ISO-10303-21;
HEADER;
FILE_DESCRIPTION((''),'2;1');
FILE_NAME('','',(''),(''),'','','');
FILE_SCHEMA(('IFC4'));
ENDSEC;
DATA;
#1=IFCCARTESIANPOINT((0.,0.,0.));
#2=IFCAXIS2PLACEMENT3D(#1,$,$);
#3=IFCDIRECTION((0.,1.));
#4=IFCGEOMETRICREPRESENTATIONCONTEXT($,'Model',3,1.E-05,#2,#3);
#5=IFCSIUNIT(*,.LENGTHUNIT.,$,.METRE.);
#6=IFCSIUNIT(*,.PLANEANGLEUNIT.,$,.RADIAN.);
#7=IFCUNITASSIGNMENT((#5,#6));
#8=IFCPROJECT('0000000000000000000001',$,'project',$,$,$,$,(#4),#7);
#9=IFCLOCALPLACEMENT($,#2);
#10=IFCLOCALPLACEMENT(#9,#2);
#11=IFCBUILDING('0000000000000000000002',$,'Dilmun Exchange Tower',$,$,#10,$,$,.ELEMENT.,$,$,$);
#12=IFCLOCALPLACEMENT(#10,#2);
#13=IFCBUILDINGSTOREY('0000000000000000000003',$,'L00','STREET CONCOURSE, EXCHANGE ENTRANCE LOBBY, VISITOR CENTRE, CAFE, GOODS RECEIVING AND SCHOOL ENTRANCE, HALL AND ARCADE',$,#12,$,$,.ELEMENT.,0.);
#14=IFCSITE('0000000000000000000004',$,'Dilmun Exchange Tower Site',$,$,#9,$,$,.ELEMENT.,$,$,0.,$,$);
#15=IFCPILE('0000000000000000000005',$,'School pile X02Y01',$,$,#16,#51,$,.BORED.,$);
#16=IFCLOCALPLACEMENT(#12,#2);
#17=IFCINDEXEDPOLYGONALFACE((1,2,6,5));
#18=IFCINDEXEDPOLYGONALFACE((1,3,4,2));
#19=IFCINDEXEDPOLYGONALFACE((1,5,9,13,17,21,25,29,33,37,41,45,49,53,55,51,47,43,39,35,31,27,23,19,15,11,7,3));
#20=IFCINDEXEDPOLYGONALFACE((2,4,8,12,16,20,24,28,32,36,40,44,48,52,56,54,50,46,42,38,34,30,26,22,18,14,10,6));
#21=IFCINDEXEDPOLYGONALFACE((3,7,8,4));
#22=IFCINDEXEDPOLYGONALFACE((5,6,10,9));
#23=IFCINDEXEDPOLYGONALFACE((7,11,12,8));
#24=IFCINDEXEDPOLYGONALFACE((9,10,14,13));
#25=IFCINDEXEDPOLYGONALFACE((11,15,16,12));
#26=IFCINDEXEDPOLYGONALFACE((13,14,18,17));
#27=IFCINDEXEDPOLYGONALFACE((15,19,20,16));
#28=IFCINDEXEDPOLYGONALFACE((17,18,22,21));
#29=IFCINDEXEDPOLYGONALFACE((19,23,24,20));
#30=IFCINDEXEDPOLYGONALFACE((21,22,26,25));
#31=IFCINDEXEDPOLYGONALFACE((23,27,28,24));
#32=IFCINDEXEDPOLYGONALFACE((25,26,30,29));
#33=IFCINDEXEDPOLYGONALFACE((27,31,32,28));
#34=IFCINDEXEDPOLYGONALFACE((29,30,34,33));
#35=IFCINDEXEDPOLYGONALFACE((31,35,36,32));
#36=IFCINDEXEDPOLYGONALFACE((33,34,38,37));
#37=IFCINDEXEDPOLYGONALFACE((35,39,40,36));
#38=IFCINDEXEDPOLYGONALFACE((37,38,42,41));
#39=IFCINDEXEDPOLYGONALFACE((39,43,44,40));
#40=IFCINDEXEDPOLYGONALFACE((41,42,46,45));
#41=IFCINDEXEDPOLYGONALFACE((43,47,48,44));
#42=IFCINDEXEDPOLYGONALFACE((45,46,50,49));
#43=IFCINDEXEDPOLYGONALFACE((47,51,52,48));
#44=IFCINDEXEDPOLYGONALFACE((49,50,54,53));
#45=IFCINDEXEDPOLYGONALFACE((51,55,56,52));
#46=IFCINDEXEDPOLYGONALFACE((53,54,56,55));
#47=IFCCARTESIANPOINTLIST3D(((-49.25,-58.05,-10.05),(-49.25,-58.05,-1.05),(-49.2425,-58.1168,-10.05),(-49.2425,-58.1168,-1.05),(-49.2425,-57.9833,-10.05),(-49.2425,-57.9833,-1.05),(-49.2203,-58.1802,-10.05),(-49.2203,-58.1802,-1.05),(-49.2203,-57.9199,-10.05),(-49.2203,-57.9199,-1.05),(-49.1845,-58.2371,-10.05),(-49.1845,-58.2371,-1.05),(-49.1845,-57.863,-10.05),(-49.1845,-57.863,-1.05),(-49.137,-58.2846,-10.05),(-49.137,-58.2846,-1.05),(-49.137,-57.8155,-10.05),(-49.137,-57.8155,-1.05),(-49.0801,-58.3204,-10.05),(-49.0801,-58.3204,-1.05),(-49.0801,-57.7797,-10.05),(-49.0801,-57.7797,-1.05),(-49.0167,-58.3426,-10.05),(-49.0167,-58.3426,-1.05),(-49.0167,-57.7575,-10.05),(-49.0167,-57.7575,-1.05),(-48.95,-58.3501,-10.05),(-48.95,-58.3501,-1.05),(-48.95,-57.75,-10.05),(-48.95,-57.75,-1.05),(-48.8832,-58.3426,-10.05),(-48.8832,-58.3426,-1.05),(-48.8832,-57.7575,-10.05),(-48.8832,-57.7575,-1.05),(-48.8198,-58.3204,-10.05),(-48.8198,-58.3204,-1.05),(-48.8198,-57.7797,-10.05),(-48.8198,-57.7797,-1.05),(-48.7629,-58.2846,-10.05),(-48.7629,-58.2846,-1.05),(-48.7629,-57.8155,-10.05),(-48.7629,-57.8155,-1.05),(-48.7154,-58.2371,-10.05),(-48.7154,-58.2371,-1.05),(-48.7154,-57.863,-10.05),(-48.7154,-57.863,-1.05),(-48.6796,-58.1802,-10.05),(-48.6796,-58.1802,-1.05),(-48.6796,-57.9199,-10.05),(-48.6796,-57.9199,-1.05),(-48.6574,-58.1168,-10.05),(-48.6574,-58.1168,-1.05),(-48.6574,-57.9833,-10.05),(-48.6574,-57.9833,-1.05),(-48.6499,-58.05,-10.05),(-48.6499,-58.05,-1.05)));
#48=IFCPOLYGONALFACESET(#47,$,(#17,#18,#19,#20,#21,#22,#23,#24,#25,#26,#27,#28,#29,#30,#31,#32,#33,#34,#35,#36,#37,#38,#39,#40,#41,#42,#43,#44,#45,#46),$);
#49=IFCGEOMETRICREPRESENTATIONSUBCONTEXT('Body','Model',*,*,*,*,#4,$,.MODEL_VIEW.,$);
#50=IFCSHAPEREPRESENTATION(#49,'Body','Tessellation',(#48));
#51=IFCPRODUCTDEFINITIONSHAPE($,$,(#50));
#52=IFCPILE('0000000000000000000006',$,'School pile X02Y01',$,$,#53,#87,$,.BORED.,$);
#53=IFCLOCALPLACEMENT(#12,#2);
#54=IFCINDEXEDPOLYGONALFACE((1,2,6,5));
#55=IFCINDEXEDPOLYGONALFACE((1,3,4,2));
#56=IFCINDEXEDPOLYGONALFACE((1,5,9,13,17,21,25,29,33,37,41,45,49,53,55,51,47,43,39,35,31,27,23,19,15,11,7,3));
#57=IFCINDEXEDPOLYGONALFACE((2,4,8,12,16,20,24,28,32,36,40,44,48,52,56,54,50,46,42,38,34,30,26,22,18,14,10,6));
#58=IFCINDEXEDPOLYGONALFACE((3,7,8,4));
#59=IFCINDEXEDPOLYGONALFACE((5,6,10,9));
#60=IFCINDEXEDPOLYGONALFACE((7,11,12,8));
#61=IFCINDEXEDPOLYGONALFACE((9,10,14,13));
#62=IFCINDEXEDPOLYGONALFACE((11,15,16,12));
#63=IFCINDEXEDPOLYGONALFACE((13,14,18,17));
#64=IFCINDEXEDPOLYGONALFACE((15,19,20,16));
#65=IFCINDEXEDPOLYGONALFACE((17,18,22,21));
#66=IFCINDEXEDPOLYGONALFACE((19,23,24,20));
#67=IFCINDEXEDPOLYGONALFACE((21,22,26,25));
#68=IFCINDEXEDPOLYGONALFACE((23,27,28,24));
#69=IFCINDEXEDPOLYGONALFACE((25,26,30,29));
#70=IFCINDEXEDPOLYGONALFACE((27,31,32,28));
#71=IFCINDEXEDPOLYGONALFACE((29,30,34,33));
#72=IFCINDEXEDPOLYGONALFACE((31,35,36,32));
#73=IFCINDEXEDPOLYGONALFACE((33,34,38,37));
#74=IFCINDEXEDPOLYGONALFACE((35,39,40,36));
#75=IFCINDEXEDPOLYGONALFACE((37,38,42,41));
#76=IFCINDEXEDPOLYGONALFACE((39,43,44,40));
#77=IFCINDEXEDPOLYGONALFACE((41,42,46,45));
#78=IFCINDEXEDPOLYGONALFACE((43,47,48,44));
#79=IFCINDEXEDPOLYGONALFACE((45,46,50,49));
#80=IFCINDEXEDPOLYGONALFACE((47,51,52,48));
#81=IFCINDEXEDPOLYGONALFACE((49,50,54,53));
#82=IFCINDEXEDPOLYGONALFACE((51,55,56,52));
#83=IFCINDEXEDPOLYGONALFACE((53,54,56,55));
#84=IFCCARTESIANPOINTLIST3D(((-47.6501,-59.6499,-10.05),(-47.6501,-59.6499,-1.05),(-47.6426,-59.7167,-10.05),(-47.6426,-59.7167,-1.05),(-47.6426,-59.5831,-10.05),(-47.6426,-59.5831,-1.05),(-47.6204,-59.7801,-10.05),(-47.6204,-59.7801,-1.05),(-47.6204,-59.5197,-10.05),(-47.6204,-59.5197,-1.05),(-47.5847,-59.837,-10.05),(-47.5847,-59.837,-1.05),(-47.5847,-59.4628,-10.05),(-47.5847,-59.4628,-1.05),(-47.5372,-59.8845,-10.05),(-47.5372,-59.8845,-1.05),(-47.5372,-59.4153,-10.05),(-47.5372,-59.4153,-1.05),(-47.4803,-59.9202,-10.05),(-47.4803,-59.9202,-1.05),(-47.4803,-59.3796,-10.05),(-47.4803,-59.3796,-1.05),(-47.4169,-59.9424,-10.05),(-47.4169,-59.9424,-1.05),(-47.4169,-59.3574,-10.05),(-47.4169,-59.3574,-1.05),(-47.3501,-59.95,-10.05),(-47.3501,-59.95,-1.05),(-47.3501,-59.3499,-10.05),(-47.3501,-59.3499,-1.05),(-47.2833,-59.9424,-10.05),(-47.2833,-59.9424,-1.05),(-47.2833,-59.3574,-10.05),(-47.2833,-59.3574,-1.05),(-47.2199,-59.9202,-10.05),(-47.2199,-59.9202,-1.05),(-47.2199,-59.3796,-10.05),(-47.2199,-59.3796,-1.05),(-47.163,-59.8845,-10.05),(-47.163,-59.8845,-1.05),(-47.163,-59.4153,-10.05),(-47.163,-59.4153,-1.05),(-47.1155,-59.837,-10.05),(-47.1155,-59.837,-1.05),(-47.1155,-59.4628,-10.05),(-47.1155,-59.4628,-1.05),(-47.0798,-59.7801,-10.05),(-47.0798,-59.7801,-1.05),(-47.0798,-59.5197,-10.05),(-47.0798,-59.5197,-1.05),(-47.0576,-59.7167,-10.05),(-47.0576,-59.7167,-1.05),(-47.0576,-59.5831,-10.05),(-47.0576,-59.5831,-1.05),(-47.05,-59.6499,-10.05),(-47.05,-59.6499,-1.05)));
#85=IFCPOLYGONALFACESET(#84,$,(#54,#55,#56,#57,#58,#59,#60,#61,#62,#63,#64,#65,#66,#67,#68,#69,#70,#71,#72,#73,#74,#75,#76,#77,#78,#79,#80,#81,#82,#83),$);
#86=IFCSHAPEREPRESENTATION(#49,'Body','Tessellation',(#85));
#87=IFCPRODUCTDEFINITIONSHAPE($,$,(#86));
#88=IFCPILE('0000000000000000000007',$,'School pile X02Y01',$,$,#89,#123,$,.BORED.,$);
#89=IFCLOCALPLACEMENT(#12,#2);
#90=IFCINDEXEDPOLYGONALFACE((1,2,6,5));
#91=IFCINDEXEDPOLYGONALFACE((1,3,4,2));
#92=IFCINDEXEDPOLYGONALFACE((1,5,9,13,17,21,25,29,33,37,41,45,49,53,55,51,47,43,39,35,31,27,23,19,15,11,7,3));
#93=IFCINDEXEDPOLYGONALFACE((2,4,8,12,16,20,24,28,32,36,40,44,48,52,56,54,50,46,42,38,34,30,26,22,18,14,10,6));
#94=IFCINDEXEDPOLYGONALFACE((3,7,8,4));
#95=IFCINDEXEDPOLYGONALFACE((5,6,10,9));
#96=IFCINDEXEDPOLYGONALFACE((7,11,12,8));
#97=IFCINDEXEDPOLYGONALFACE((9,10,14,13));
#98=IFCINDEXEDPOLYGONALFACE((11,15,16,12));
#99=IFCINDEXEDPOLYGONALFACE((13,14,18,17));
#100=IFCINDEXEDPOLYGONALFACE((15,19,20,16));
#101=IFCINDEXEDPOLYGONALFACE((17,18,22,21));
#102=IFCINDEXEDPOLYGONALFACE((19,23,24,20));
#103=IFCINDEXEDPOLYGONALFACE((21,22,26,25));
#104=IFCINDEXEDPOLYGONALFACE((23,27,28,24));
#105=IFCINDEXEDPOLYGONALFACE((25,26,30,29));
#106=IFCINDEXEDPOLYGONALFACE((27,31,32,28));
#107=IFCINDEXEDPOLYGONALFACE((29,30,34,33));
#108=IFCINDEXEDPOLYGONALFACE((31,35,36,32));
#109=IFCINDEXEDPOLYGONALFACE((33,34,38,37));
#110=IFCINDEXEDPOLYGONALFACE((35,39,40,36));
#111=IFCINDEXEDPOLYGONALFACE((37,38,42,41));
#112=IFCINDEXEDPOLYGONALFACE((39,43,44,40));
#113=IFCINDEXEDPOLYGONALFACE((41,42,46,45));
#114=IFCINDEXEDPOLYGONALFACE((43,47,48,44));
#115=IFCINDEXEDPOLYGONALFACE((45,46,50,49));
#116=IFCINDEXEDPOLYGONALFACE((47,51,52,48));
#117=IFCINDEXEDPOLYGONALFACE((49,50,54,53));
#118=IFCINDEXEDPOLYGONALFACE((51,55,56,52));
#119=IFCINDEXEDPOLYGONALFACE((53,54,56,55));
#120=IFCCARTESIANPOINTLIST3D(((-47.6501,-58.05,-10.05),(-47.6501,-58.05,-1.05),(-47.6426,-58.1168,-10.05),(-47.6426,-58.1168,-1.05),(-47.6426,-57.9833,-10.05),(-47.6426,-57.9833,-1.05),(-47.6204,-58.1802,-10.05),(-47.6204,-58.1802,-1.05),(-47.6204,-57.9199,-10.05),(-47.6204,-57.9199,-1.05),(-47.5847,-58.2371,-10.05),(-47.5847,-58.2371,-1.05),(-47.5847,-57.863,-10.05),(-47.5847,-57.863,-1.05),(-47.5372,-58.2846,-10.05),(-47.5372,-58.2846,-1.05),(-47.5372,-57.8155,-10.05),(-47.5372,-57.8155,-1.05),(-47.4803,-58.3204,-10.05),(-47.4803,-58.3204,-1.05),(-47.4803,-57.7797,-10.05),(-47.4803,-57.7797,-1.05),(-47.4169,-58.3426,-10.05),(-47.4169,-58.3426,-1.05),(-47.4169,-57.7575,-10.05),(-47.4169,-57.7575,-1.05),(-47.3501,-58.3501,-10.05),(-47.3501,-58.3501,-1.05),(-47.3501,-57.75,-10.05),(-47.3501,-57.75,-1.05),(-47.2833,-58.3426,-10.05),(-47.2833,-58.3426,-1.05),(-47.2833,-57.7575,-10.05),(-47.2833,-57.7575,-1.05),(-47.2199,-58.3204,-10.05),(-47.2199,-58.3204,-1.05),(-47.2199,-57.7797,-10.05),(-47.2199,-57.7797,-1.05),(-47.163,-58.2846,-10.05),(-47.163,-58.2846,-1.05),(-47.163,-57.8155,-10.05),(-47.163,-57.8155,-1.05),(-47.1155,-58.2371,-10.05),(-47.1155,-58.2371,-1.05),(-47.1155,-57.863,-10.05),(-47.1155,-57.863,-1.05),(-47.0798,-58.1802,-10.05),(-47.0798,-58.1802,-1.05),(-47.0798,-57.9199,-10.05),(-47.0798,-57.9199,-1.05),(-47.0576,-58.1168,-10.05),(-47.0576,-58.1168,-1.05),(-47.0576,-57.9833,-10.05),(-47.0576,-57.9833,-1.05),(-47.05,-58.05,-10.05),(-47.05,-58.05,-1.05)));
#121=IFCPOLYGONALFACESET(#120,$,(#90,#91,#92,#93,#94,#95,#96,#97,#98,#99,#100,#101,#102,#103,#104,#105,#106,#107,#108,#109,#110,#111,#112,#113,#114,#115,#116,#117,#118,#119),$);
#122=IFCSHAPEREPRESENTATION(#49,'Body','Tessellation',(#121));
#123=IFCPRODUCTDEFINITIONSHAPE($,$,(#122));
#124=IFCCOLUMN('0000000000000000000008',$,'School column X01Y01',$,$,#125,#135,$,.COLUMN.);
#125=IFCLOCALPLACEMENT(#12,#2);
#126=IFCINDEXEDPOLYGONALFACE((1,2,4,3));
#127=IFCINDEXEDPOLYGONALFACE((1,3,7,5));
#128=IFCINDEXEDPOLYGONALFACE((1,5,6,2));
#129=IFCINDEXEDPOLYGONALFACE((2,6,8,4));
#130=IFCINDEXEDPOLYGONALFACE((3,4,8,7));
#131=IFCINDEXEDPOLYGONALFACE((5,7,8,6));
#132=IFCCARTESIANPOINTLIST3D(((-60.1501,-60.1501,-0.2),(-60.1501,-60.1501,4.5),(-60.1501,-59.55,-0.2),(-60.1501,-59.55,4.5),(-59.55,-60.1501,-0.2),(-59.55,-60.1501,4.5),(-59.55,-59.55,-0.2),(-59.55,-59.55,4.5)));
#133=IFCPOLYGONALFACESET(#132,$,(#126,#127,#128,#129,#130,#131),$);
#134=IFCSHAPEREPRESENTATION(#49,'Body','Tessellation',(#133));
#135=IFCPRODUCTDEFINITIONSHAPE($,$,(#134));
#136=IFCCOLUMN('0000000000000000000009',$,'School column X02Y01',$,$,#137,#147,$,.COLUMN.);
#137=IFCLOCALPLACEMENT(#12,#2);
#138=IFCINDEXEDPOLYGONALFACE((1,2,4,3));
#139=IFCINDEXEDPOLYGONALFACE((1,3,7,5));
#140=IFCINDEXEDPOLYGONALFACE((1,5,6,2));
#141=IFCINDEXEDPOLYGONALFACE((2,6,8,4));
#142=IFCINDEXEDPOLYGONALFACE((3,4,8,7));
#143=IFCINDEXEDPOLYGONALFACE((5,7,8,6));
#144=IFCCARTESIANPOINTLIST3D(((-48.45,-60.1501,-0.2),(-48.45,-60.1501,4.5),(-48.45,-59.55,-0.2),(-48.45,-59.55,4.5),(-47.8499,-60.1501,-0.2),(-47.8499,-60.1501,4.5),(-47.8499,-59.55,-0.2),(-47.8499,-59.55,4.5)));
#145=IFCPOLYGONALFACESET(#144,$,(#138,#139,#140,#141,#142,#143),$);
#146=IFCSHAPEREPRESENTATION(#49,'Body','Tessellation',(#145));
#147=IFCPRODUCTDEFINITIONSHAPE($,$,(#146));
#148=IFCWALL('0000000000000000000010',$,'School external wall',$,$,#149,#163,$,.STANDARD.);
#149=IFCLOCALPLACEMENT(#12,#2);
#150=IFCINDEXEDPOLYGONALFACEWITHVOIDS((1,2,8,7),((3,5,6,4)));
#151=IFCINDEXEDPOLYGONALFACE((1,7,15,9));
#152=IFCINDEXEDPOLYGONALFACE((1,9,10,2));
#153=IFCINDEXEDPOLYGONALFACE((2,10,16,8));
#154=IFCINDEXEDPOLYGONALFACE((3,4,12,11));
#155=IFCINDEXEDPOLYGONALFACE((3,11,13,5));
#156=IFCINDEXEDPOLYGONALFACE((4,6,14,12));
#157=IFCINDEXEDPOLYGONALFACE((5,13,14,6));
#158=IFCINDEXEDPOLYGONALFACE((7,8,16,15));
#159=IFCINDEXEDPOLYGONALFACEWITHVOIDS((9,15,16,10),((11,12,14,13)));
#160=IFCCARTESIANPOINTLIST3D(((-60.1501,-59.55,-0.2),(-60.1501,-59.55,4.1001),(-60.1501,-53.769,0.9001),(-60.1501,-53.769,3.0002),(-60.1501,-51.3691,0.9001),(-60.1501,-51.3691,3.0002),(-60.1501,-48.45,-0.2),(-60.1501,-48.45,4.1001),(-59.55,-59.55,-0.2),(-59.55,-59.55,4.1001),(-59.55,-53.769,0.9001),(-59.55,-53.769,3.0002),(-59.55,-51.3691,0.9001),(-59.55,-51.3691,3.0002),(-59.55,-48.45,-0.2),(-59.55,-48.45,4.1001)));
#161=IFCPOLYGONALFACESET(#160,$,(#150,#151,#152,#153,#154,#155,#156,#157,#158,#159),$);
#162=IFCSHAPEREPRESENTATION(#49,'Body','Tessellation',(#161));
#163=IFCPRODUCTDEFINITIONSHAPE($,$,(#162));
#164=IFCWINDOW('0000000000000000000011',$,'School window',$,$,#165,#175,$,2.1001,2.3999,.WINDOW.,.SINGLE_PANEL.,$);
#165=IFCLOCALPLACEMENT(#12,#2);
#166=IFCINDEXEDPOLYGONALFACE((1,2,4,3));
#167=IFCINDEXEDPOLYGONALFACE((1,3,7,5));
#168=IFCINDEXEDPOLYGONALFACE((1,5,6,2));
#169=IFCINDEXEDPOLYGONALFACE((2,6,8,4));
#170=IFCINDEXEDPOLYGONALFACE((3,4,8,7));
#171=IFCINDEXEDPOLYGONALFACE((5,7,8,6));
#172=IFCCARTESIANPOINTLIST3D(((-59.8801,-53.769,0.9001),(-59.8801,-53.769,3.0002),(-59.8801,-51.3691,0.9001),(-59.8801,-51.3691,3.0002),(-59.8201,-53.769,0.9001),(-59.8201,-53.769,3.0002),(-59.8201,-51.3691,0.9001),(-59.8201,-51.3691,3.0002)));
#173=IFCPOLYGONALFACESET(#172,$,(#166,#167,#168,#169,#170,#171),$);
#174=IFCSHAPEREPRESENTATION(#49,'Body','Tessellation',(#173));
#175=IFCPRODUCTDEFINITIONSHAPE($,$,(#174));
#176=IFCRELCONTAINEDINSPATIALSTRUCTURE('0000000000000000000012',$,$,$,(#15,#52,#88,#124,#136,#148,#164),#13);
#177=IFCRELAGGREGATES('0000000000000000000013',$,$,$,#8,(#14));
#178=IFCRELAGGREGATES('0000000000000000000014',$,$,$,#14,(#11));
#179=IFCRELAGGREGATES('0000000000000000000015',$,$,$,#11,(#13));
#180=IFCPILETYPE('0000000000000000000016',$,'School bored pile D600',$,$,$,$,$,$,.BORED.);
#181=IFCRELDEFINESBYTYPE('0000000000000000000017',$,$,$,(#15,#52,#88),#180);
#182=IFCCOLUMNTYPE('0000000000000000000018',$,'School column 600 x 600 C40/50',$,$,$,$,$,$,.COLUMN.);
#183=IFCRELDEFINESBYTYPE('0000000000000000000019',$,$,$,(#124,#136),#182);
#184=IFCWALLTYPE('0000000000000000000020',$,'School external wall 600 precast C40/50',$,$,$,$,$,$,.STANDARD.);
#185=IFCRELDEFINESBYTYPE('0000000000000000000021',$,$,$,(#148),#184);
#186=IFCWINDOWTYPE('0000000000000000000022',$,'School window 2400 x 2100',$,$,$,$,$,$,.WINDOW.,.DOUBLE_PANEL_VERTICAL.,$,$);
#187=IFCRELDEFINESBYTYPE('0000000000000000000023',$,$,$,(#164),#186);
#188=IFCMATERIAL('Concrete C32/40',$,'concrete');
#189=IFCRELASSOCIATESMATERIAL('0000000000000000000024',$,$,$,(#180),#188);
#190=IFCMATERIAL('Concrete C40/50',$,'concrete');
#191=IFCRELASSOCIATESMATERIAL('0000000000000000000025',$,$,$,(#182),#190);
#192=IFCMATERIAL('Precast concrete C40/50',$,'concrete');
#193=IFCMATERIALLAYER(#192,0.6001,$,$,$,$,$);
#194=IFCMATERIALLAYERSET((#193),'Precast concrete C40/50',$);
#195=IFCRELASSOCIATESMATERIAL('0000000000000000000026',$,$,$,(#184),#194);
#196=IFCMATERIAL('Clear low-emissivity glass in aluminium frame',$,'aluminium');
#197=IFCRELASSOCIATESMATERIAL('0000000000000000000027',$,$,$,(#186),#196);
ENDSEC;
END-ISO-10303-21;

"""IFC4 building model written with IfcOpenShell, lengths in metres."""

from ifc_helpers import new_model, si_unit, direction, frame, frame_2d, origin, origin_2d, place, context, subcontext, project, spatial, rectangle, circle, extrude, material, layer, layer_set, material_profile, profile_set, type_object, element, fill, save


model = new_model("IFC4")

# Units and contexts
model_context = context("Model", 3, precision=1e-05, world=origin(), true_north=direction((0.0, 1.0)))
body_context = subcontext(model_context, "Body", "Model", "MODEL_VIEW")
ifc_project = project(units=[si_unit("LENGTHUNIT", "METRE"), si_unit("PLANEANGLEUNIT", "RADIAN")], contexts=[model_context])

# Site, building, storey
site_placement = place(None, origin())
site = spatial("IfcSite", under=ifc_project, at=site_placement, Name="Dilmun Exchange Tower Site", CompositionType="ELEMENT", RefElevation=0.0)
building_placement = place(site_placement, origin())
building = spatial("IfcBuilding", under=site, at=building_placement, Name="Dilmun Exchange Tower", CompositionType="ELEMENT")
storey_placement = place(building_placement, origin())
storey = spatial("IfcBuildingStorey", under=building, at=storey_placement, Name="L00", Description="STREET CONCOURSE, EXCHANGE ENTRANCE LOBBY, VISITOR CENTRE, CAFE, GOODS RECEIVING AND SCHOOL ENTRANCE, HALL AND ARCADE", CompositionType="ELEMENT", Elevation=0.0)

# Piles
ifc_material_1 = material(Name="Concrete C32/40", Category="concrete")
ifc_material_profile_1 = material_profile(ifc_material_1, circle(Radius=0.3, at=origin_2d()), Name="D600")
ifc_profile_set_1 = profile_set([ifc_material_profile_1], Name="Concrete C32/40")
pile_type = type_object("IfcPileType", Name="School bored pile D600", PredefinedType="BORED", material=ifc_profile_set_1)
for number, where, z_axis, x_axis, name in (
    (1, (-48.95, -58.05, -1.05), (0.0, 0.0, -1.0), (1.0, 0.0, 0.0), "School pile X02Y01"),
    (2, (-47.3501, -59.6499, -1.05), (0.0, 0.0, -1.0), (1.0, 0.0, 0.0), "School pile X02Y01"),
    (3, (-47.3501, -58.05, -1.05), (0.0, 0.0, -1.0), (1.0, 0.0, 0.0), "School pile X02Y01"),
):
    element("IfcPile", number, at=place(storey_placement, frame(where, z_axis=z_axis, x_axis=x_axis)), inside=storey, type_object=pile_type, Name=name, PredefinedType="BORED", context=body_context, shape_type="SweptSolid", body=[
        extrude(circle(Radius=0.3, at=origin_2d()), origin(), (0.0, 0.0, 1.0), 9.0),
    ])

# Columns
ifc_material_2 = material(Name="Concrete C40/50", Category="concrete")
ifc_material_profile_2 = material_profile(ifc_material_2, rectangle(XDim=0.6001, YDim=0.6001, at=origin_2d()), Name="600 x 600")
ifc_profile_set_2 = profile_set([ifc_material_profile_2], Name="Concrete C40/50")
column_type = type_object("IfcColumnType", Name="School column 600 x 600 C40/50", PredefinedType="COLUMN", material=ifc_profile_set_2)
for number, where, z_axis, x_axis, name in (
    (4, (-59.8501, -59.8501, -0.2), (0.0, 0.0, 1.0), (1.0, 0.0, 0.0), "School column X01Y01"),
    (5, (-48.1499, -59.8501, -0.2), (0.0, 0.0, 1.0), (1.0, 0.0, 0.0), "School column X02Y01"),
):
    element("IfcColumn", number, at=place(storey_placement, frame(where, z_axis=z_axis, x_axis=x_axis)), inside=storey, type_object=column_type, Name=name, PredefinedType="COLUMN", context=body_context, shape_type="SweptSolid", body=[
        extrude(rectangle(XDim=0.6001, YDim=0.6001, at=origin_2d()), origin(), (0.0, 0.0, 1.0), 4.7),
    ])

# Wall, opening, window
ifc_material_3 = material(Name="Precast concrete C40/50", Category="concrete")
ifc_layer_1 = layer(ifc_material_3, 0.6001)
ifc_layer_set_1 = layer_set([ifc_layer_1], Name="Precast concrete C40/50")
wall_type_1 = type_object("IfcWallType", Name="School external wall 600 precast C40/50", PredefinedType="STANDARD", material=ifc_layer_set_1)
wall_1_placement = place(storey_placement, frame((-59.8501, -59.55, -0.2), z_axis=(0.0, 0.0, 1.0), x_axis=(0.0, 1.0, 0.0)))
wall_1 = element("IfcWall", 6, at=wall_1_placement, inside=storey, type_object=wall_type_1, Name="School external wall", PredefinedType="STANDARD", context=body_context, shape_type="SweptSolid", body=[
    extrude(rectangle(XDim=11.1001, YDim=0.6001, at=frame_2d((5.55, 0.0))), origin(), (0.0, 0.0, 1.0), 4.3),
])
opening_1_placement = place(wall_1_placement, frame((5.781, 0.0, 1.1001)))
opening_1 = element("IfcOpeningElement", 7, at=opening_1_placement, cuts=wall_1, PredefinedType="OPENING", context=body_context, shape_type="SweptSolid", body=[
    extrude(rectangle(XDim=2.3999, YDim=2.1001, at=frame_2d((1.2, 1.05))), frame((0.0, 0.3101, 0.0), z_axis=(0.0, -1.0, 0.0), x_axis=(1.0, 0.0, 0.0)), (0.0, 0.0, 1.0), 0.6201),
])
ifc_material_4 = material(Name="Clear low-emissivity glass in aluminium frame", Category="aluminium")
window_type = type_object("IfcWindowType", Name="School window 2400 x 2100", PartitioningType="DOUBLE_PANEL_VERTICAL", PredefinedType="WINDOW", material=ifc_material_4)
window_placement = place(opening_1_placement, origin())
window = element("IfcWindow", 8, at=window_placement, inside=storey, type_object=window_type, Name="School window", OverallHeight=2.1001, OverallWidth=2.3999, PartitioningType="SINGLE_PANEL", PredefinedType="WINDOW", context=body_context, shape_type="SweptSolid", body=[
    extrude(rectangle(XDim=2.3999, YDim=2.1001, at=frame_2d((1.2, 1.05))), frame((0.0, 0.03, 0.0), z_axis=(0.0, -1.0, 0.0), x_axis=(1.0, 0.0, 0.0)), (0.0, 0.0, 1.0), 0.0601),
])
fill(opening_1, window)

save(model, "model.ifc")
